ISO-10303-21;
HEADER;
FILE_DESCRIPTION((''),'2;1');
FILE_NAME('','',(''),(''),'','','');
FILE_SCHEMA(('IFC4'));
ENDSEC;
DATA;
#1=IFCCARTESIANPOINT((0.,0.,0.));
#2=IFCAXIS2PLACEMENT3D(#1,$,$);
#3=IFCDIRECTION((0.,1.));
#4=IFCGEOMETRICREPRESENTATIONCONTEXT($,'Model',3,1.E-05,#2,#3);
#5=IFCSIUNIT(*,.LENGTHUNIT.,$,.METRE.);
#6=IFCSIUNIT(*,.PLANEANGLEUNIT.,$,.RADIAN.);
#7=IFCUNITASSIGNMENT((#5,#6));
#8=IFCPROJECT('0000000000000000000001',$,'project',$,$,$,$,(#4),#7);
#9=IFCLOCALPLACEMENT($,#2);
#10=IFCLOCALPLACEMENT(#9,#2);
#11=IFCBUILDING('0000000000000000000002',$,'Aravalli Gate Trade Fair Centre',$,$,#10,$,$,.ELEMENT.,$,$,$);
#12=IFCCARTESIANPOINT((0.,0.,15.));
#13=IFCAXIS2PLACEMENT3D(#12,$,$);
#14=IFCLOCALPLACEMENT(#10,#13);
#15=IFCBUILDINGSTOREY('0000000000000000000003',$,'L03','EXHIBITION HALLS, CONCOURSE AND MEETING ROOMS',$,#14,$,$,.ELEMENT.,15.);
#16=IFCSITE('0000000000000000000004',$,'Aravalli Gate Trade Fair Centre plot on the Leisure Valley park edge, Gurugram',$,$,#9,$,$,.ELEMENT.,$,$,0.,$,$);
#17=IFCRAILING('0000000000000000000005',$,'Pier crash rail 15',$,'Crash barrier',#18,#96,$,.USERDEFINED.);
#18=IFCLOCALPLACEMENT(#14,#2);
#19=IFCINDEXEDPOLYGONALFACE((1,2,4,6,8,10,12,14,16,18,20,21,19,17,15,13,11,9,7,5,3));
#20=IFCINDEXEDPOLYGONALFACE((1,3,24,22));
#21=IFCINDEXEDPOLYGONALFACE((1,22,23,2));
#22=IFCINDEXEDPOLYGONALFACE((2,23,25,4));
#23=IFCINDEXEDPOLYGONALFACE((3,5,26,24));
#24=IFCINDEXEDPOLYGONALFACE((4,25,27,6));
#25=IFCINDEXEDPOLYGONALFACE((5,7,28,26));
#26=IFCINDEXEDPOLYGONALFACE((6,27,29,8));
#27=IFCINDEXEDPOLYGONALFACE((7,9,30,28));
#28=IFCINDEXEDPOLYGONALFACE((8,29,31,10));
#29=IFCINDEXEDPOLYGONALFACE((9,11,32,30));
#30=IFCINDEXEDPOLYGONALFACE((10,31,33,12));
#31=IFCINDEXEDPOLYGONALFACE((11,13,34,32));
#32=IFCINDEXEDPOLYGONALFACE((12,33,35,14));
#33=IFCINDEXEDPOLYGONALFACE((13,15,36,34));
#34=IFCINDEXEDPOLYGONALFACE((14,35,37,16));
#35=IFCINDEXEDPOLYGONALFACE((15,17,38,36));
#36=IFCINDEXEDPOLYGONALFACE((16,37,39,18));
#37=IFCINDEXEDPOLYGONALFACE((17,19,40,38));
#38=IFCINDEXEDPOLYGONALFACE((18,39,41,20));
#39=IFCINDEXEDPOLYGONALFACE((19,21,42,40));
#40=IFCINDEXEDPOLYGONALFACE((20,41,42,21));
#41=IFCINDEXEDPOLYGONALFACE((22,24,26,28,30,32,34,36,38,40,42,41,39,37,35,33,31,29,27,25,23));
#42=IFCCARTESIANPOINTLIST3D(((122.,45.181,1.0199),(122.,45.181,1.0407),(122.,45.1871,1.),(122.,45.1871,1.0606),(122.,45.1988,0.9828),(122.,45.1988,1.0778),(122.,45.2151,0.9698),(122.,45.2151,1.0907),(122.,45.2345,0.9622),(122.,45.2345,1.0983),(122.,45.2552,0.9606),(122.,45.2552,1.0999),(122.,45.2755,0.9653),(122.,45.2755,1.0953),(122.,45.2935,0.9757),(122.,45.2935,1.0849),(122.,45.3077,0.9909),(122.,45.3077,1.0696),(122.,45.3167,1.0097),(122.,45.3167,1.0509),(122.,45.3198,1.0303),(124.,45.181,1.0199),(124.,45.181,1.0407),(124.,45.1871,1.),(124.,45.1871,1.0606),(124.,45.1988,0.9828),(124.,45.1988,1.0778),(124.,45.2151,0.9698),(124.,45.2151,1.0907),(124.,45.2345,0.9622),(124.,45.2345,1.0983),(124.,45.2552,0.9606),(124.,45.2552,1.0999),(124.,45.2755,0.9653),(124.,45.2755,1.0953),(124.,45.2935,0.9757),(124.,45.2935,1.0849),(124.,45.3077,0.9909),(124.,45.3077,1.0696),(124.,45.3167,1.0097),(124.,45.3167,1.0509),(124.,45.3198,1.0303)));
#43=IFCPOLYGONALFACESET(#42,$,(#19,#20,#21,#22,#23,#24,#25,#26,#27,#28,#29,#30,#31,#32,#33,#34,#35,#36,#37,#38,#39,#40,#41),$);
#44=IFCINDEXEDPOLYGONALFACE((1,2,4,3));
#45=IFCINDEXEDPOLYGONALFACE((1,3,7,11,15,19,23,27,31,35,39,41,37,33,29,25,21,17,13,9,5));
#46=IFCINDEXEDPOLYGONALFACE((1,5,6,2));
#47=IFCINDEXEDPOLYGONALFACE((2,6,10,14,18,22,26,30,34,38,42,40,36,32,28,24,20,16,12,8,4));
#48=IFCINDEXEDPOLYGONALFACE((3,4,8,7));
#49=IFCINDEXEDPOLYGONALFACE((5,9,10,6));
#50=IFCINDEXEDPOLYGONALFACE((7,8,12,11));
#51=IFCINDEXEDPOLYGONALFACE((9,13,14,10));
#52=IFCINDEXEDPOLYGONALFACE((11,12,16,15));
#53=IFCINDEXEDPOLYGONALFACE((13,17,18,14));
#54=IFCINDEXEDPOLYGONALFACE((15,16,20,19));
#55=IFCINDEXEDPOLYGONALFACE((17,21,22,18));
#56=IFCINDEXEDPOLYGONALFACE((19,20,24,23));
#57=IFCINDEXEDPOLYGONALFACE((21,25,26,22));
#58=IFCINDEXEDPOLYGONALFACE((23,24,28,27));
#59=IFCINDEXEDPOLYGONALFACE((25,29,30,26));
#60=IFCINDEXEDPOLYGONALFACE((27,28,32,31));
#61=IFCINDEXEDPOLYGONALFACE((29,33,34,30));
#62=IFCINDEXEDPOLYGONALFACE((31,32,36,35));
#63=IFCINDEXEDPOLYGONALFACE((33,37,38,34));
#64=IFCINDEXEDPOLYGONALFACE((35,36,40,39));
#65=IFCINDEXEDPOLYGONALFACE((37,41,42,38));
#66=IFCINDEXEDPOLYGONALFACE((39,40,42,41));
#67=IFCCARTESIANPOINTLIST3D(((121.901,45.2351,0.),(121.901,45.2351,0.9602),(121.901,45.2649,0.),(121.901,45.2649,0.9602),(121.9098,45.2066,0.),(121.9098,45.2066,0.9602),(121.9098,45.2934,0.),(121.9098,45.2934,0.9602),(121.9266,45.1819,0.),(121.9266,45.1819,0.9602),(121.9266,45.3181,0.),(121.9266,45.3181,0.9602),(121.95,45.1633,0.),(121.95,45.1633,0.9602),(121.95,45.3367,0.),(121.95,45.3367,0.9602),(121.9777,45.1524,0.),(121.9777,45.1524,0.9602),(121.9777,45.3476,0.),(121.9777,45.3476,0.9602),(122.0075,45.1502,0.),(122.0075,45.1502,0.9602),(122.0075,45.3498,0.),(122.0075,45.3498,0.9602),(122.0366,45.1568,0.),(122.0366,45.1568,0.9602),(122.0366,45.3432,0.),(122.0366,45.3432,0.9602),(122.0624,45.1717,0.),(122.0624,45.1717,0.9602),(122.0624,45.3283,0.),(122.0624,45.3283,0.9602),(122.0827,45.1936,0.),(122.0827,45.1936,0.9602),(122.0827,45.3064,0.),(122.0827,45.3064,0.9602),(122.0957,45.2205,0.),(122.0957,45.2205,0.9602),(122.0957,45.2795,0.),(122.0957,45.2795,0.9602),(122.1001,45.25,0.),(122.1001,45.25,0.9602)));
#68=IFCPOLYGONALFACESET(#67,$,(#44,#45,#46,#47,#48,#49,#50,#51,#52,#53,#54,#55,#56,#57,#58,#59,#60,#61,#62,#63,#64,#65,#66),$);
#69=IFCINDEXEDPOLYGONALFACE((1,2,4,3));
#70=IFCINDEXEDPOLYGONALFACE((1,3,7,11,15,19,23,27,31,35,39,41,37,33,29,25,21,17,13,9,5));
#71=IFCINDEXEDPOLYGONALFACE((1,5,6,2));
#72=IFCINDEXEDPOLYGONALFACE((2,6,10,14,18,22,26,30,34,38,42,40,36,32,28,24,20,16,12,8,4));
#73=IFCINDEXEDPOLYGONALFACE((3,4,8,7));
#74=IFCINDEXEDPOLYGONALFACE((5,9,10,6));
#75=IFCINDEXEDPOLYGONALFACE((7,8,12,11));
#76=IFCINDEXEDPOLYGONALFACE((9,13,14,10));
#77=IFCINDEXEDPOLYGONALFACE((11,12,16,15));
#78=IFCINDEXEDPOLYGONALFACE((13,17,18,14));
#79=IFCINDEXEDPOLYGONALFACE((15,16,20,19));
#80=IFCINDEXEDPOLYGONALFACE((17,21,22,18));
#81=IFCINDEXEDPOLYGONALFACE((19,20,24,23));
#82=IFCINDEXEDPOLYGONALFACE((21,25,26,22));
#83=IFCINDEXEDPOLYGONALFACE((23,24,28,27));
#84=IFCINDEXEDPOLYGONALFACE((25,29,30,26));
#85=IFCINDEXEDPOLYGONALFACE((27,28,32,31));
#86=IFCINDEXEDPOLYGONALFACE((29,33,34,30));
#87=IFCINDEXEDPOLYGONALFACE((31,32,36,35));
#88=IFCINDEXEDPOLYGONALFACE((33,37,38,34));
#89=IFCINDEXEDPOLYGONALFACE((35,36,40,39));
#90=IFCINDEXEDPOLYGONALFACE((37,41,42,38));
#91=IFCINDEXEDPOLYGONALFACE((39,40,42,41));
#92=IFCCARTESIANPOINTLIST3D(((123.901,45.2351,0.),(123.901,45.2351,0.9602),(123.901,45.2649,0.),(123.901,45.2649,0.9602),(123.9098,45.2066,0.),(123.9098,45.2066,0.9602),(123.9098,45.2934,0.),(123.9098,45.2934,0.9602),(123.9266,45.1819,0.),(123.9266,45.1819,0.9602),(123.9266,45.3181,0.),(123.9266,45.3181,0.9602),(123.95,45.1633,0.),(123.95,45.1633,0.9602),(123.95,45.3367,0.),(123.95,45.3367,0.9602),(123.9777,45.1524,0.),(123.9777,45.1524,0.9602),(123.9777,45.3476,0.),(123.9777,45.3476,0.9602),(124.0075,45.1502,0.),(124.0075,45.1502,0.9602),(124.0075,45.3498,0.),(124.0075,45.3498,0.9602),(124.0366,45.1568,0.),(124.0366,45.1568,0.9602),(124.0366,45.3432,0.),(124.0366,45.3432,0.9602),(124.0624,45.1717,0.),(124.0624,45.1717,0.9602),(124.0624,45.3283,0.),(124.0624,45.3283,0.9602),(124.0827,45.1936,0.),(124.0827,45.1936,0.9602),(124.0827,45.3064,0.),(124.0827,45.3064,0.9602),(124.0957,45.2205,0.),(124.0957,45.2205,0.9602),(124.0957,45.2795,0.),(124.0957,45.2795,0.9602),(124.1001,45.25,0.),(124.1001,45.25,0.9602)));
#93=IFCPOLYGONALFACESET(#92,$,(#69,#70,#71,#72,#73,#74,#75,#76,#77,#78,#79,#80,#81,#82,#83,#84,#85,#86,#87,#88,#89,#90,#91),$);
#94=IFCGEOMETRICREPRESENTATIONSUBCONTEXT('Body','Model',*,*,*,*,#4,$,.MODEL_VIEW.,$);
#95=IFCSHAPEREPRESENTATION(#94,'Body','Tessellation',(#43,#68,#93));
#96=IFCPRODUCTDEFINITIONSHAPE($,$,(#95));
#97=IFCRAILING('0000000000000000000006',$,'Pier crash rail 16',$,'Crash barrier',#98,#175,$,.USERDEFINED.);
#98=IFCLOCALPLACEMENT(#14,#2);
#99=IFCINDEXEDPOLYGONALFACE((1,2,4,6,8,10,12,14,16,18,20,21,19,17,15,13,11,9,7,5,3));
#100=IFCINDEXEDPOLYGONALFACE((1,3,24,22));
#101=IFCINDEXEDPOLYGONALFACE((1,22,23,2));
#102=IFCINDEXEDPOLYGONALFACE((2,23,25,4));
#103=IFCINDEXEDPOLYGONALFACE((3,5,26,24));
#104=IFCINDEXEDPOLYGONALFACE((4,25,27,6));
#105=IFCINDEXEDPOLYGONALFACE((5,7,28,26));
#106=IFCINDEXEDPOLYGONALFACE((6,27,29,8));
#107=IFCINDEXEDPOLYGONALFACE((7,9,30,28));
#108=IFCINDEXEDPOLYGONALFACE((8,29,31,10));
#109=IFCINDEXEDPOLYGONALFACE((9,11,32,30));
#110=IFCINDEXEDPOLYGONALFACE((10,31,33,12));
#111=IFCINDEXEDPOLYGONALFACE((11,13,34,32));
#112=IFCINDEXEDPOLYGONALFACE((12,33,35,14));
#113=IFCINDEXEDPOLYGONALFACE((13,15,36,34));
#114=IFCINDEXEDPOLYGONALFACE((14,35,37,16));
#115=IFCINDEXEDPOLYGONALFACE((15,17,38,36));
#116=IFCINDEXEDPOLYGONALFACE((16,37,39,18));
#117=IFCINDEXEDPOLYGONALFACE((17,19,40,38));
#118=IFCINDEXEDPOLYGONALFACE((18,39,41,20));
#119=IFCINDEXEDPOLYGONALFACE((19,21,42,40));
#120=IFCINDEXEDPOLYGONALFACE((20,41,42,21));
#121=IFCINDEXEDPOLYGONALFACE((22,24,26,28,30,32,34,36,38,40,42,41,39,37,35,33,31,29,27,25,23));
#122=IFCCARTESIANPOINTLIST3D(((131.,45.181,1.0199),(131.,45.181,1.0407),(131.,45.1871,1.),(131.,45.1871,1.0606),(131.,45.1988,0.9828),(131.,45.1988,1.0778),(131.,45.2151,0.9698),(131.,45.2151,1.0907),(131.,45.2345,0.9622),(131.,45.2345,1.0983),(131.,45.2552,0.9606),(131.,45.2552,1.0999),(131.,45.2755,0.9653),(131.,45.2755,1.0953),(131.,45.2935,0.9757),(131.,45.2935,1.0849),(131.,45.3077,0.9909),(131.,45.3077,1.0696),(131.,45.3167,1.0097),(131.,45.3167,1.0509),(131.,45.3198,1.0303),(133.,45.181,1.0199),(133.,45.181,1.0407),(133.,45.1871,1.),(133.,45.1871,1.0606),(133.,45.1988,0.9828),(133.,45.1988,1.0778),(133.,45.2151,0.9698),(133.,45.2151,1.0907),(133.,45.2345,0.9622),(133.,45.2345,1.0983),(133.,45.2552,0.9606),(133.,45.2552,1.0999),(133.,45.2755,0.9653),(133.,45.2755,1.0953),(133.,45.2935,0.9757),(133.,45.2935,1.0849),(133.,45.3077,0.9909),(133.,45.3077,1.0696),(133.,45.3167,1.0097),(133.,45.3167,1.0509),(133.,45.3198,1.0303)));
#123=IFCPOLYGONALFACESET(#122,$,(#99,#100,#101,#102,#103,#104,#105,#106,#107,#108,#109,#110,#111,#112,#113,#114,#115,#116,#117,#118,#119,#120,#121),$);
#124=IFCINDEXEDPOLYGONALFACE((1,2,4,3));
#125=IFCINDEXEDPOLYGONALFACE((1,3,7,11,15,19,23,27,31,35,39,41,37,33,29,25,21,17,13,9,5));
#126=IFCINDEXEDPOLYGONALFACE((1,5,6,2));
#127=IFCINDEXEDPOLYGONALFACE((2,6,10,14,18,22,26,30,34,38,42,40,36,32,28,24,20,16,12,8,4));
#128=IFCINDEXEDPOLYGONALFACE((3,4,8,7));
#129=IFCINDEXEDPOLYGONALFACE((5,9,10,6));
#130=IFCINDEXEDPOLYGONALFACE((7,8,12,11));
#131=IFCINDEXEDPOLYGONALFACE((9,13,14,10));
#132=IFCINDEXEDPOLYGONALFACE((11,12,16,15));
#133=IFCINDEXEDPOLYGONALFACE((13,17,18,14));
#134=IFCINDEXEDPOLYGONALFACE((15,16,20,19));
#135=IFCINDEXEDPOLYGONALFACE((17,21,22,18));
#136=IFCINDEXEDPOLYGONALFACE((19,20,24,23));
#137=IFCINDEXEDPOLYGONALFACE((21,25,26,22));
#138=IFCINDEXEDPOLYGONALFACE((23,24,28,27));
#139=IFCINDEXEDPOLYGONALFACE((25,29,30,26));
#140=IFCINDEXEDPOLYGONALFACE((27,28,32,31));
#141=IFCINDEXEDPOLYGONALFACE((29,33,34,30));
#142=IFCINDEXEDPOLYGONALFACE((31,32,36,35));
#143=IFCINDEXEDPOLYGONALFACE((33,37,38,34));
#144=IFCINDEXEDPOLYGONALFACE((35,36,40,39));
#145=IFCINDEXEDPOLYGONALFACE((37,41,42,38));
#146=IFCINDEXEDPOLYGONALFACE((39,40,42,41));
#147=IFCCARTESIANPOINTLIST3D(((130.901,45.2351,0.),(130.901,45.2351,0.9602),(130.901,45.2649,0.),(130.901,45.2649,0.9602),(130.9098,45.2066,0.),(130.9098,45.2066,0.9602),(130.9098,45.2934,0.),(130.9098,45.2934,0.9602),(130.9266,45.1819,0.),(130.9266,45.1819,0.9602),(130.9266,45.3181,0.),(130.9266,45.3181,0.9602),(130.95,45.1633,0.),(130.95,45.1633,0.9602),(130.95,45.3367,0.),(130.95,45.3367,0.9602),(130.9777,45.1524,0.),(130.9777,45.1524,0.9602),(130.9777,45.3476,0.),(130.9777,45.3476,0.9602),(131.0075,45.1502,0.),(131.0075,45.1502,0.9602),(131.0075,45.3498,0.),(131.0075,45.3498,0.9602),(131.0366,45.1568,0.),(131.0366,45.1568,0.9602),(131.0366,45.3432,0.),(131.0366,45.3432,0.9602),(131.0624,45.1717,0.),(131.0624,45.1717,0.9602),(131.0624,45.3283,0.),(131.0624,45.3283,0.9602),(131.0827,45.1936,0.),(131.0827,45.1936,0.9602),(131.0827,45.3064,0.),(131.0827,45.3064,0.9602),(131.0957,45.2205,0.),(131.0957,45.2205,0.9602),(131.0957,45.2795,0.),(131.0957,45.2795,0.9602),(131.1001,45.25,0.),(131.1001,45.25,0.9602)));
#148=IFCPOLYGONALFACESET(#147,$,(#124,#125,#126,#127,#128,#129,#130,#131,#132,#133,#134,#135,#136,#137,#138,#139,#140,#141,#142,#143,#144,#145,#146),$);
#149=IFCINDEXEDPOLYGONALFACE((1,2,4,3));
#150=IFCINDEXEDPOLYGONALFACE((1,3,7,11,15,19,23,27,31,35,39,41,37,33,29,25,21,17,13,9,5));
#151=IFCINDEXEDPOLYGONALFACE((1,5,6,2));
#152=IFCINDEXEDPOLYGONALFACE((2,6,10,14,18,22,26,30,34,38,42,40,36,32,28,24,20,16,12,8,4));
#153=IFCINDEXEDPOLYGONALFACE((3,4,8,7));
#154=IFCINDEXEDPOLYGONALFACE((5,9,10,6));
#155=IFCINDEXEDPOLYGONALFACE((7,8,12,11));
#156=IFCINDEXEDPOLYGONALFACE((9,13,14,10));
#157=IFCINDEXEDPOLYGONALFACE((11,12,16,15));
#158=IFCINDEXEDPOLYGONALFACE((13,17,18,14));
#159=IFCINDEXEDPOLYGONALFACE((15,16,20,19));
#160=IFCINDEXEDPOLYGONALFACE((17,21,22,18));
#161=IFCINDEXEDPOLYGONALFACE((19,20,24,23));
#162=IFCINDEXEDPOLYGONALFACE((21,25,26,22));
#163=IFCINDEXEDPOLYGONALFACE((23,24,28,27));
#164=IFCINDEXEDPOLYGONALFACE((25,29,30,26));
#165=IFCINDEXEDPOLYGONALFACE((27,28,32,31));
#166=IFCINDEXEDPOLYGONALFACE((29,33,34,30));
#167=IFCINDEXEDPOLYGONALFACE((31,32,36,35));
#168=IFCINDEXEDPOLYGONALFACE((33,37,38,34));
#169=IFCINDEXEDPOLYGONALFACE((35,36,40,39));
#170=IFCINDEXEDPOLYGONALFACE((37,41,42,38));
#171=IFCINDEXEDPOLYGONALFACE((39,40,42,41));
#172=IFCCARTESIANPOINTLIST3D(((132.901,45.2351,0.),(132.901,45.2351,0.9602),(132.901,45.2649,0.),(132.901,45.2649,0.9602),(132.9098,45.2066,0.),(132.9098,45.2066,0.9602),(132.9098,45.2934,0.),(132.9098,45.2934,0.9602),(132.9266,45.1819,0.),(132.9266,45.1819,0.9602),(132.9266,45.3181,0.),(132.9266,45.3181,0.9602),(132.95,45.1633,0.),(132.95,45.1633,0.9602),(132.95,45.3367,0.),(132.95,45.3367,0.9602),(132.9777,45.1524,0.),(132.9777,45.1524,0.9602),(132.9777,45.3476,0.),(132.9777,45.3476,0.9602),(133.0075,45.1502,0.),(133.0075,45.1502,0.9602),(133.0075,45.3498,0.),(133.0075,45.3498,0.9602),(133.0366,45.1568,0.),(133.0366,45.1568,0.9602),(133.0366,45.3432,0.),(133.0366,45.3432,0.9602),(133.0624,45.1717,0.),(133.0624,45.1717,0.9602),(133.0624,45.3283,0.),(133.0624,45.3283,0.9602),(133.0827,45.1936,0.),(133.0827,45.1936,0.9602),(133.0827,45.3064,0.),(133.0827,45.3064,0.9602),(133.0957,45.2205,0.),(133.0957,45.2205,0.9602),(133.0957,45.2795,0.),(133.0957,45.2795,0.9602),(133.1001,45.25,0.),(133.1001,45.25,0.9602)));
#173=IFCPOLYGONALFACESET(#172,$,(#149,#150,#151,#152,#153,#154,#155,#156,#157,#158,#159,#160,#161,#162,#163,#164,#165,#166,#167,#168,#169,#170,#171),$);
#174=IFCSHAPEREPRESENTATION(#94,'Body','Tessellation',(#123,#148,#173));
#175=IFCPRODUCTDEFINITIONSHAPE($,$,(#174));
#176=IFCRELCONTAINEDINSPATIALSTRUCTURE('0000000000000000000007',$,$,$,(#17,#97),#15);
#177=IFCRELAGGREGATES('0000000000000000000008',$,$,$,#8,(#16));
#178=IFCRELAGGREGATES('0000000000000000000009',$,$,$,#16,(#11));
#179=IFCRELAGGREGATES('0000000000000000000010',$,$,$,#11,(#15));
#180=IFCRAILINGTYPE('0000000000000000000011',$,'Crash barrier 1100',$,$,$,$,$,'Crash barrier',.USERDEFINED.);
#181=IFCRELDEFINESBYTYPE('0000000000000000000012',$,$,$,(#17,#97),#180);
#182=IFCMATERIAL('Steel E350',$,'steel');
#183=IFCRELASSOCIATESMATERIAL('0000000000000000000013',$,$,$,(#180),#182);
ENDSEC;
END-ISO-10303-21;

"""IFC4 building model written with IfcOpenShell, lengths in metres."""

from ifc_helpers import new_model, si_unit, direction, frame, origin, origin_2d, place, context, subcontext, project, spatial, circle, extrude, material, type_object, element, save


model = new_model("IFC4")

# Units and contexts
model_context = context("Model", 3, precision=1e-05, world=origin(), true_north=direction((0.0, 1.0)))
body_context = subcontext(model_context, "Body", "Model", "MODEL_VIEW")
ifc_project = project(units=[si_unit("LENGTHUNIT", "METRE"), si_unit("PLANEANGLEUNIT", "RADIAN")], contexts=[model_context])

# Site, building, storey
site_placement = place(None, origin())
site = spatial("IfcSite", under=ifc_project, at=site_placement, Name="Aravalli Gate Trade Fair Centre plot on the Leisure Valley park edge, Gurugram", CompositionType="ELEMENT", RefElevation=0.0)
building_placement = place(site_placement, origin())
building = spatial("IfcBuilding", under=site, at=building_placement, Name="Aravalli Gate Trade Fair Centre", CompositionType="ELEMENT")
storey_placement = place(building_placement, frame((0.0, 0.0, 15.0)))
storey = spatial("IfcBuildingStorey", under=building, at=storey_placement, Name="L03", Description="EXHIBITION HALLS, CONCOURSE AND MEETING ROOMS", CompositionType="ELEMENT", Elevation=15.0)

# Railings
ifc_material_1 = material(Name="Steel E350", Category="steel")
railing_type_1 = type_object("IfcRailingType", Name="Crash barrier 1100", ElementType="Crash barrier", PredefinedType="USERDEFINED", material=ifc_material_1)
for number, where, name in (
    (1, (122.0, 45.25, 0.0), "Pier crash rail 15"),
    (2, (131.0, 45.25, 0.0), "Pier crash rail 16"),
):
    element("IfcRailing", number, at=place(storey_placement, frame(where)), inside=storey, type_object=railing_type_1, Name=name, ObjectType="Crash barrier", PredefinedType="USERDEFINED", context=body_context, shape_type="SweptSolid", body=[
        extrude(circle(Radius=0.0698, at=origin_2d()), frame((0.0, 0.0, 1.0303), z_axis=(1.0, 0.0, 0.0), x_axis=(0.0, 1.0, 0.0)), (0.0, 0.0, 1.0), 2.0),
        extrude(circle(Radius=0.1001, at=origin_2d()), origin(), (0.0, 0.0, 1.0), 0.9602),
        extrude(circle(Radius=0.1001, at=origin_2d()), frame((2.0, 0.0, 0.0)), (0.0, 0.0, 1.0), 0.9602),
    ])

save(model, "model.ifc")
